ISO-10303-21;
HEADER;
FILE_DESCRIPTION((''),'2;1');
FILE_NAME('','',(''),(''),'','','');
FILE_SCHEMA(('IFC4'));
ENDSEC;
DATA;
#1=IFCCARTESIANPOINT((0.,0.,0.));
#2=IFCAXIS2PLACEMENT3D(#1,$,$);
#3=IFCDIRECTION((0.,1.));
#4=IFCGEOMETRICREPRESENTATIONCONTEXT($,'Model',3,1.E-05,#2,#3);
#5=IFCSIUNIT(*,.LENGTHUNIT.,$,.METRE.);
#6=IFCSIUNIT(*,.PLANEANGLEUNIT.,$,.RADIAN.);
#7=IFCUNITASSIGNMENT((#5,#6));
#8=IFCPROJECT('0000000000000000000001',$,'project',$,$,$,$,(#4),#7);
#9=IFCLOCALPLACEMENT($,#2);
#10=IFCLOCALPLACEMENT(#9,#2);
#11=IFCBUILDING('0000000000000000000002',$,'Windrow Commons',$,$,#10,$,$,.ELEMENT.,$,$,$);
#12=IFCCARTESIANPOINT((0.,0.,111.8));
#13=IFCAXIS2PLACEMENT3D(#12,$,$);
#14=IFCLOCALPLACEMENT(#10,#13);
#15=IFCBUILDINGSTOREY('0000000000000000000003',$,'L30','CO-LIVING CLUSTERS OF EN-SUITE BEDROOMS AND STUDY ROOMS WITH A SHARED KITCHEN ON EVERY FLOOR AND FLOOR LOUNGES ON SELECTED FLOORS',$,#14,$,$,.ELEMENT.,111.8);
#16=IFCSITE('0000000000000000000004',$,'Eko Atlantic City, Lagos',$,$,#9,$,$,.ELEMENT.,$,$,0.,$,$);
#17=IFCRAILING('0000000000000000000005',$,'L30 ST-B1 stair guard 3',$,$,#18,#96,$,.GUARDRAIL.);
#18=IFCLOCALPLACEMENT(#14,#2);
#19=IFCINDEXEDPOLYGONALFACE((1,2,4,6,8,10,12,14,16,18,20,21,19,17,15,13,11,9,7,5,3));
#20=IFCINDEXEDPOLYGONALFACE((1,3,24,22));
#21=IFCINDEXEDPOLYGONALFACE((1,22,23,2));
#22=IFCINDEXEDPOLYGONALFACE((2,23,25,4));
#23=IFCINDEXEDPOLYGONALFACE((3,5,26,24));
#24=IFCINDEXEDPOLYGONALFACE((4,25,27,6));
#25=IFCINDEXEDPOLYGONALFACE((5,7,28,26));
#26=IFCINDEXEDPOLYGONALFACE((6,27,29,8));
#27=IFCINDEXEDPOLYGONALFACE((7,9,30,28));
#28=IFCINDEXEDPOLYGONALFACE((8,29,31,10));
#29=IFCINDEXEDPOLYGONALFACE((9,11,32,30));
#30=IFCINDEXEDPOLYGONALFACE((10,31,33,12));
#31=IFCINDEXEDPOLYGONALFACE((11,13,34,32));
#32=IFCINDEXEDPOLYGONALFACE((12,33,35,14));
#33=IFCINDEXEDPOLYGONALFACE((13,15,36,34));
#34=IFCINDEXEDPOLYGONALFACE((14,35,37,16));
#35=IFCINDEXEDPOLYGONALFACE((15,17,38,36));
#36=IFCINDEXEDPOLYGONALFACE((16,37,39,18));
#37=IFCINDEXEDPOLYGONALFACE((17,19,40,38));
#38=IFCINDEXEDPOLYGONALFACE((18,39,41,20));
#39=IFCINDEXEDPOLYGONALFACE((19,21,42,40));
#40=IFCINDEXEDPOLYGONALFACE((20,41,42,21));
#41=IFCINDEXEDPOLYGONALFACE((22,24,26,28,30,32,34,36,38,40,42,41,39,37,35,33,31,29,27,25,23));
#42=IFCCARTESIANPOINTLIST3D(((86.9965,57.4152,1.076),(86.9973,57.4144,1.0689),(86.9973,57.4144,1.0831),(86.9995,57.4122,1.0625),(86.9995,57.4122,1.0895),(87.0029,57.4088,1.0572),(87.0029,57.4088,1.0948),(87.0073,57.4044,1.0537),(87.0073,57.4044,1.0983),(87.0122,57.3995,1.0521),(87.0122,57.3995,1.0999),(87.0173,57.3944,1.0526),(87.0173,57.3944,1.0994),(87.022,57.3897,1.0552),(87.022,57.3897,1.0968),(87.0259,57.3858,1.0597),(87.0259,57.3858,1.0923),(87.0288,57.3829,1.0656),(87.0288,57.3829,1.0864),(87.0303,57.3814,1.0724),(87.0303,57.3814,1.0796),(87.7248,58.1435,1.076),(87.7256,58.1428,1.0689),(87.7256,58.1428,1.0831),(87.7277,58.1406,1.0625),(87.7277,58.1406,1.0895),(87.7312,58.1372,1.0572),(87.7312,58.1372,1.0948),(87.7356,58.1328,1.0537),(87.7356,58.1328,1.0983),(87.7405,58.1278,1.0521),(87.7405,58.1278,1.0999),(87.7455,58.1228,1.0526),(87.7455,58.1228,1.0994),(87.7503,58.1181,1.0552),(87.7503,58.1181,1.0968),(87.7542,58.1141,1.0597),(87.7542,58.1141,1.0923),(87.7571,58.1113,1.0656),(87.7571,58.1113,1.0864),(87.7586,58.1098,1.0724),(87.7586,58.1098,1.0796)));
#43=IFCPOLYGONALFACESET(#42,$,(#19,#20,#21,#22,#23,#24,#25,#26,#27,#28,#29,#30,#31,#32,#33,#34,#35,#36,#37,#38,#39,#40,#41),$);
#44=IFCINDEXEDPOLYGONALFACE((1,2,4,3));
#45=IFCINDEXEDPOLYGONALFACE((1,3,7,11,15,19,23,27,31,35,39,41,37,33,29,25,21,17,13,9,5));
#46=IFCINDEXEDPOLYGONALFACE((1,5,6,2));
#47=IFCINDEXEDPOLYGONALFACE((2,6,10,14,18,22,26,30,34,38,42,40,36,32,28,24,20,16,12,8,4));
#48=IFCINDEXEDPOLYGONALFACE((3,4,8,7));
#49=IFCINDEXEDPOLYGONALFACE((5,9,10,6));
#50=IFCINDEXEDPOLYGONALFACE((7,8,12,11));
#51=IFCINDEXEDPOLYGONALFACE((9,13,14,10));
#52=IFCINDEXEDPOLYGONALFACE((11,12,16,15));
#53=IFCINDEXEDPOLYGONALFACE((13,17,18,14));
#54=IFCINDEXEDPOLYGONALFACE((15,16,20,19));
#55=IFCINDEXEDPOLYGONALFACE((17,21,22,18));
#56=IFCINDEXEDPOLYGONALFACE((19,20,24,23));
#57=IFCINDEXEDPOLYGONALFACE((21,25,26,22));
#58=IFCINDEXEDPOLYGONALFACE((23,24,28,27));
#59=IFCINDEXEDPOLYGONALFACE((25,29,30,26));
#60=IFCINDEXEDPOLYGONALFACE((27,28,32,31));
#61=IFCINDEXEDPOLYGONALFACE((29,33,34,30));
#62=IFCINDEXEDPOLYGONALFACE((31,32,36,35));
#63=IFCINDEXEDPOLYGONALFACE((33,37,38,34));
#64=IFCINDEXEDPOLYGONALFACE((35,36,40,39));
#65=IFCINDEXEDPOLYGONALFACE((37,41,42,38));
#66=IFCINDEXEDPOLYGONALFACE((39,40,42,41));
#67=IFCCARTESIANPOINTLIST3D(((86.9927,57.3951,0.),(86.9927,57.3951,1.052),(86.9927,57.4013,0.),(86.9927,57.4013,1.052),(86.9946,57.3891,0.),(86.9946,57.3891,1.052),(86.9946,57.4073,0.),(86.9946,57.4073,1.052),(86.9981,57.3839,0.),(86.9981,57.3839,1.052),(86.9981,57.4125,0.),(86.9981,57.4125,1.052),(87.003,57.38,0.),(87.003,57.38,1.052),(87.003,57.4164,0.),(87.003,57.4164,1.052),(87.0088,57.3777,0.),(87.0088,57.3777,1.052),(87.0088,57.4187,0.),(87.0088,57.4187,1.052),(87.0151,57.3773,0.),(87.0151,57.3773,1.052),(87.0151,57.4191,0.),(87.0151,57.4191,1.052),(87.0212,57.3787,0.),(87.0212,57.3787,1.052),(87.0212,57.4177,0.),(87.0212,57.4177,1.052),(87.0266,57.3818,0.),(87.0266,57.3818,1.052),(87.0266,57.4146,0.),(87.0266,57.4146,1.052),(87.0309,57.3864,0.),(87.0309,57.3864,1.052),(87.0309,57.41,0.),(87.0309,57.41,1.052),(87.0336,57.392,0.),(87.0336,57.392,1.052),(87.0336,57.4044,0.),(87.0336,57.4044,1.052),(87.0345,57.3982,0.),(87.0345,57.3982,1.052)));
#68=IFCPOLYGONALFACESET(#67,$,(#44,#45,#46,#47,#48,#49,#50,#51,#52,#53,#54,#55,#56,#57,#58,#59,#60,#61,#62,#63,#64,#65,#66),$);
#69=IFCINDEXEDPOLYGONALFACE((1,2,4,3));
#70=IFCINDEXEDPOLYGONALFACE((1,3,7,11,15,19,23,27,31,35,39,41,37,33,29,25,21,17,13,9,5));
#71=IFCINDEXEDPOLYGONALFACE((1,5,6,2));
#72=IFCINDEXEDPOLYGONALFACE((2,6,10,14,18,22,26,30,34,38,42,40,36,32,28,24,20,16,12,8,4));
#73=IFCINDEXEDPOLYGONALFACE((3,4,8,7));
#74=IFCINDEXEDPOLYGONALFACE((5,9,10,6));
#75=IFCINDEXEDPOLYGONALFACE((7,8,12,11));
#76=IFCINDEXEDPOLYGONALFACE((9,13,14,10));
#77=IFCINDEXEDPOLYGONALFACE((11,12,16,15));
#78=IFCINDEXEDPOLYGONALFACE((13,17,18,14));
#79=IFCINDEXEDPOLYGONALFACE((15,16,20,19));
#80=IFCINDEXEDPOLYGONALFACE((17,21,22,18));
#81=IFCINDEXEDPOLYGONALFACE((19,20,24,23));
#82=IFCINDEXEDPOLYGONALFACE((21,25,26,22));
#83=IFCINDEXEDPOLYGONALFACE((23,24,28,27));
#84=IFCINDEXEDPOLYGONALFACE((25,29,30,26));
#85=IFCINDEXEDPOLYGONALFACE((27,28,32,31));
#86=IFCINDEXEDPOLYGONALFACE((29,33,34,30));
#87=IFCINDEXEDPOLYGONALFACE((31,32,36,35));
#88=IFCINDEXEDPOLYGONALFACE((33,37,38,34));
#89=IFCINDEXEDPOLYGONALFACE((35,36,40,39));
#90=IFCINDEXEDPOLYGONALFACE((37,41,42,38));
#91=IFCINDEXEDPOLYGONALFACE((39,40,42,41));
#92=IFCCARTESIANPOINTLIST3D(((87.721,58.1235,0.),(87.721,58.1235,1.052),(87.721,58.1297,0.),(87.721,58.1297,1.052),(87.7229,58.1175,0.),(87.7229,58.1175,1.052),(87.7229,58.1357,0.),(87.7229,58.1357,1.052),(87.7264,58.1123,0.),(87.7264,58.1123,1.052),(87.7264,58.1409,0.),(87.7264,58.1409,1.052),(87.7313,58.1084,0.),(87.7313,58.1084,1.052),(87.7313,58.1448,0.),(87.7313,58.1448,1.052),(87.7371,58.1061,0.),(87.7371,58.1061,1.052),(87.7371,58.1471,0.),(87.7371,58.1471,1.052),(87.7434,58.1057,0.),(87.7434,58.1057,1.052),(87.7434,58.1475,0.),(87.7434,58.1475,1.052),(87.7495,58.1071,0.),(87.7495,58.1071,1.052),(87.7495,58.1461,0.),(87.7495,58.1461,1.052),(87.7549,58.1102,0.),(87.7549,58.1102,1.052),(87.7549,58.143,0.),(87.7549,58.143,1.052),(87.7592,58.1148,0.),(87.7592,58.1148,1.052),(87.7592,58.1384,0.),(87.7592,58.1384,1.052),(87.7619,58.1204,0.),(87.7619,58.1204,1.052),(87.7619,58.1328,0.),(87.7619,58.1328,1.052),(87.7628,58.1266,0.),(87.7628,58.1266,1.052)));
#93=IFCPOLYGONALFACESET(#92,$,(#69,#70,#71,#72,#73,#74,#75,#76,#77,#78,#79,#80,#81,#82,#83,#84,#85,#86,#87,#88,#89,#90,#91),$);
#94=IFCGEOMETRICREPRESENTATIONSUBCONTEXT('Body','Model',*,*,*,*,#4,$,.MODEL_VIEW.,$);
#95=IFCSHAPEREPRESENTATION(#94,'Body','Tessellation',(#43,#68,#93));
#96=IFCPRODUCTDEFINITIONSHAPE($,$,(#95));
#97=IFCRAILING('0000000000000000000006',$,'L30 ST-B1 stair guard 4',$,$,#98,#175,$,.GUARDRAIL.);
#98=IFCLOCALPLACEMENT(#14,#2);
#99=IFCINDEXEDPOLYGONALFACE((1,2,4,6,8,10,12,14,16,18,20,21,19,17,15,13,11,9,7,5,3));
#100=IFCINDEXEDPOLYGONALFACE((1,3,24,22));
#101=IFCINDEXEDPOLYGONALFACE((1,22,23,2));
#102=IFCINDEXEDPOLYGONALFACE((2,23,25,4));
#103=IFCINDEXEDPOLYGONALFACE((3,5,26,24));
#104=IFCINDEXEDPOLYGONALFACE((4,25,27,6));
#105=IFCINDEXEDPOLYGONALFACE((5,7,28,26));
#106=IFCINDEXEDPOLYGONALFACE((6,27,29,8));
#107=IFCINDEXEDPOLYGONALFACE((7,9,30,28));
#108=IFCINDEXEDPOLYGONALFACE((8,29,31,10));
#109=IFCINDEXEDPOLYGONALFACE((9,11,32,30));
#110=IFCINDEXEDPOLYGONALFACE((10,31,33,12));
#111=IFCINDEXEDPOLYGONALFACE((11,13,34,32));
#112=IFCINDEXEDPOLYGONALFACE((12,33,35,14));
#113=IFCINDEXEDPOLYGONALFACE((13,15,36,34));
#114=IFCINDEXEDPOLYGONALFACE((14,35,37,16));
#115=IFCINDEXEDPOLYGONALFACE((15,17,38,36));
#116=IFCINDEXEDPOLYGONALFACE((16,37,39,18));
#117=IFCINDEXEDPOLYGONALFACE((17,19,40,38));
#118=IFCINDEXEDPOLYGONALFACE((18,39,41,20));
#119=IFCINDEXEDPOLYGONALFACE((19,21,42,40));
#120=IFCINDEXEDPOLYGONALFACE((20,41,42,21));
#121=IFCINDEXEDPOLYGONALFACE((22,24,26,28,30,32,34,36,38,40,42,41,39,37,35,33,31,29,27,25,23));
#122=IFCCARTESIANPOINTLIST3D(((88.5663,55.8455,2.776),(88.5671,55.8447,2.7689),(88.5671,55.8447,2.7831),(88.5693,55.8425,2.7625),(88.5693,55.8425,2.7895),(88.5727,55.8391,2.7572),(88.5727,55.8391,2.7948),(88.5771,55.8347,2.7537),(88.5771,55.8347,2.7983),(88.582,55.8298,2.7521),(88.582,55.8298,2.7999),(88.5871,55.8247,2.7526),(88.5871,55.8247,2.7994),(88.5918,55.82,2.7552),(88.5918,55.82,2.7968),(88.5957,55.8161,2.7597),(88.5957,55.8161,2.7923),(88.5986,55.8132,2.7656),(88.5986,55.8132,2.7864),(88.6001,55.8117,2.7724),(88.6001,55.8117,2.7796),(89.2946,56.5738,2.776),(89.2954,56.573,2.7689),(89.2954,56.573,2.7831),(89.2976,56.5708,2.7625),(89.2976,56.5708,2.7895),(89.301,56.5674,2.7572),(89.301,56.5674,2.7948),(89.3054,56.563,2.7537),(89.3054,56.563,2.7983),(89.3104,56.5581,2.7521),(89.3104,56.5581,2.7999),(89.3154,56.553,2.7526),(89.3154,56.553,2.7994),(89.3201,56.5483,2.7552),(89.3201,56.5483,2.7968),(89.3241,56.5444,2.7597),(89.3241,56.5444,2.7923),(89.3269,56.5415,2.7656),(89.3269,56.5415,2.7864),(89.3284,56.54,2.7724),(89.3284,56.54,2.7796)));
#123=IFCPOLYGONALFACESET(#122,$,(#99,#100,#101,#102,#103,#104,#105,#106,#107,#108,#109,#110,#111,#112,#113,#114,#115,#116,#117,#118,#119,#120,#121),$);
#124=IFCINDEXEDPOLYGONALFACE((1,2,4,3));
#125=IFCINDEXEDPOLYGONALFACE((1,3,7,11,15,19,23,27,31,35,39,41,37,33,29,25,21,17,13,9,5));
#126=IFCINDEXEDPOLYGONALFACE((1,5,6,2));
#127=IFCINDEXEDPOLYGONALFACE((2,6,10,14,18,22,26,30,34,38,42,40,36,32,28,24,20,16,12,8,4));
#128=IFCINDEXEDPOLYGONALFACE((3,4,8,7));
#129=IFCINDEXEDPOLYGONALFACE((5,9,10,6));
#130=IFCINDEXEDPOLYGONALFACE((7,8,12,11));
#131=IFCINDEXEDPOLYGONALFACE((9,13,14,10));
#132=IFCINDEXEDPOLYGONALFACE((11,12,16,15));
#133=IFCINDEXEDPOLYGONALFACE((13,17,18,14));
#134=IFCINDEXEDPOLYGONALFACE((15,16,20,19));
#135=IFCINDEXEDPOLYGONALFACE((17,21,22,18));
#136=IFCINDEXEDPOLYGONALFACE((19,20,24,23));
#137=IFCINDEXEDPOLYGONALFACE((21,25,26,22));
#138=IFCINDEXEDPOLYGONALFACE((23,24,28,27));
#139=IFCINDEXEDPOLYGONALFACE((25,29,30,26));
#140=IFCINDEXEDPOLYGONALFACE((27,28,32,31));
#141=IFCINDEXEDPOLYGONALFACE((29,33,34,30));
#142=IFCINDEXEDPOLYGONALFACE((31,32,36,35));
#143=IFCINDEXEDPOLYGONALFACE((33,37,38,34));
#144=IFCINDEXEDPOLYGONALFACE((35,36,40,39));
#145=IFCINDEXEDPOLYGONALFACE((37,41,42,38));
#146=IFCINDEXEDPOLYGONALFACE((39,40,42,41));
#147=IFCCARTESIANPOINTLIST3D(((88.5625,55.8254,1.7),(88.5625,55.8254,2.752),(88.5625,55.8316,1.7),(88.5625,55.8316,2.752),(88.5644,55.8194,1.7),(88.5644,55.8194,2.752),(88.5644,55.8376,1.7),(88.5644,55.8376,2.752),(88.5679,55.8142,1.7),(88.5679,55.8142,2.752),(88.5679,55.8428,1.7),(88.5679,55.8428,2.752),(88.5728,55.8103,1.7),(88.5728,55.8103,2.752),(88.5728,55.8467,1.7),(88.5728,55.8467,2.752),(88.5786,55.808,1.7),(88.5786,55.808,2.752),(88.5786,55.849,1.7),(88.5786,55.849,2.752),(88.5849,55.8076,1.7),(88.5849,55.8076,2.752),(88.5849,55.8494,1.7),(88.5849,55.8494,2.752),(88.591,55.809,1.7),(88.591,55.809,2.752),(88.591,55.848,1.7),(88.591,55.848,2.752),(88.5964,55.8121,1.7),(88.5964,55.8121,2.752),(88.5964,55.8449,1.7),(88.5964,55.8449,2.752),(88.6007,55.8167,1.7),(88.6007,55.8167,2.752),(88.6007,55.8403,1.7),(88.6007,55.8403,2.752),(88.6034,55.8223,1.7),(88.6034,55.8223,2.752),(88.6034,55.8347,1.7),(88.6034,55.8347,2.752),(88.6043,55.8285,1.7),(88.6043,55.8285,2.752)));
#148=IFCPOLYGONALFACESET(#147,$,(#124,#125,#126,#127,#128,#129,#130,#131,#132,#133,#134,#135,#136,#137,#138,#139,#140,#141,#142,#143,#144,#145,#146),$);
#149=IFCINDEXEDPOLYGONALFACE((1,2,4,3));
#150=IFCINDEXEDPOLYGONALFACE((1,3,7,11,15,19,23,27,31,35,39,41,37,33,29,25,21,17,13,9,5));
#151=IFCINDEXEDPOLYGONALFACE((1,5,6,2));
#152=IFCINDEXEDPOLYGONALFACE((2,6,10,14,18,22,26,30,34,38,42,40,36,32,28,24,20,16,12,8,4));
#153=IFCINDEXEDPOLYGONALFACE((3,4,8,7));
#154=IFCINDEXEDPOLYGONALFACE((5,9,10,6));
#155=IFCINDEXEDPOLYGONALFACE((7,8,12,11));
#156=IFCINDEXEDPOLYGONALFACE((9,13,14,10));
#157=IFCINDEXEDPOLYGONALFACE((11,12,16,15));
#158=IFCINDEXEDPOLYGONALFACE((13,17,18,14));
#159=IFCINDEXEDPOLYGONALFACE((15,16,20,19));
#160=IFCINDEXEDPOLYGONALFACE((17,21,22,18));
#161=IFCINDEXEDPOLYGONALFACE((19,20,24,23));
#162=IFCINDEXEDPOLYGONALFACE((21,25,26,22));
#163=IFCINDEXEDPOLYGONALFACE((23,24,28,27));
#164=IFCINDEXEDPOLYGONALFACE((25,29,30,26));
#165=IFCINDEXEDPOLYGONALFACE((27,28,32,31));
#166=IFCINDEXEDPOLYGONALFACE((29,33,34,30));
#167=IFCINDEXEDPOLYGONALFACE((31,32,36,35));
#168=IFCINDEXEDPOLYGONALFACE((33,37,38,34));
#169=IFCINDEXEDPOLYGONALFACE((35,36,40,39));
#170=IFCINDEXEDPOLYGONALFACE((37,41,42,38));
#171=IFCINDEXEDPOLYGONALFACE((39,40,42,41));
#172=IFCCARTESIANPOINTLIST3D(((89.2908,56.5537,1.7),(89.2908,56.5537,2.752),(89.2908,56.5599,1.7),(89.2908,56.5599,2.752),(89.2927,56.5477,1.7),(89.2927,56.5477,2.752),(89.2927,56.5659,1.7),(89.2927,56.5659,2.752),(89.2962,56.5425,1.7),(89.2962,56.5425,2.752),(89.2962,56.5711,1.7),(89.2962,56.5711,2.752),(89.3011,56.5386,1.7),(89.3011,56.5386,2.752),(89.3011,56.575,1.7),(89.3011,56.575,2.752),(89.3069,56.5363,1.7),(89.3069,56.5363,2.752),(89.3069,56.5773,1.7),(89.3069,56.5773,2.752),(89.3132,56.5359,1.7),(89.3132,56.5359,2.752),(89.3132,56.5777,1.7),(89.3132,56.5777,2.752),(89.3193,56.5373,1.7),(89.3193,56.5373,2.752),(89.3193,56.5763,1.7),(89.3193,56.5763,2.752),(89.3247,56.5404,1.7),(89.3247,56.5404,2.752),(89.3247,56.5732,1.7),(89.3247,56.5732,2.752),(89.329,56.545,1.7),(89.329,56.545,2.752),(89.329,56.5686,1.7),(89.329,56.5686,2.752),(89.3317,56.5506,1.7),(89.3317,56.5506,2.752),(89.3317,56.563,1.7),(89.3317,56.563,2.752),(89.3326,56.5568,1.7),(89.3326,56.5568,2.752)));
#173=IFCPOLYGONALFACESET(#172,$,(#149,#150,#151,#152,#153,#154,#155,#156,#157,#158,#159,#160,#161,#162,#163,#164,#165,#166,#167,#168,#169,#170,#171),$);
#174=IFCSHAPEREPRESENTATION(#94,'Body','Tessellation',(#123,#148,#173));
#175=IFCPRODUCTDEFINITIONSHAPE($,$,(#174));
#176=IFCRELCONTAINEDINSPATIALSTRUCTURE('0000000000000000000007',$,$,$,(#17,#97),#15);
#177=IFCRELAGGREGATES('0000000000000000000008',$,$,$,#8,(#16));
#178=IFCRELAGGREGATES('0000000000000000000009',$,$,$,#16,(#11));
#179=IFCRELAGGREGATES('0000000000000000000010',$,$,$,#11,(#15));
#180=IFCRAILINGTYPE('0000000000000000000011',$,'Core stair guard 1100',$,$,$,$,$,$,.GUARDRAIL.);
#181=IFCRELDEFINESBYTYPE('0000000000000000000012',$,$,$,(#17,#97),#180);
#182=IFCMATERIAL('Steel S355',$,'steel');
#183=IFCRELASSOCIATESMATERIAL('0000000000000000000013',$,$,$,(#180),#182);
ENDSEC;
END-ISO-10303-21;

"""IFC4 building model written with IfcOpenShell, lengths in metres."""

from ifc_helpers import new_model, si_unit, direction, frame, origin, origin_2d, place, context, subcontext, project, spatial, circle, extrude, material, type_object, element, save


model = new_model("IFC4")

# Units and contexts
model_context = context("Model", 3, precision=1e-05, world=origin(), true_north=direction((0.0, 1.0)))
body_context = subcontext(model_context, "Body", "Model", "MODEL_VIEW")
ifc_project = project(units=[si_unit("LENGTHUNIT", "METRE"), si_unit("PLANEANGLEUNIT", "RADIAN")], contexts=[model_context])

# Site, building, storey
site_placement = place(None, origin())
site = spatial("IfcSite", under=ifc_project, at=site_placement, Name="Eko Atlantic City, Lagos", CompositionType="ELEMENT", RefElevation=0.0)
building_placement = place(site_placement, origin())
building = spatial("IfcBuilding", under=site, at=building_placement, Name="Windrow Commons", CompositionType="ELEMENT")
storey_placement = place(building_placement, frame((0.0, 0.0, 111.8)))
storey = spatial("IfcBuildingStorey", under=building, at=storey_placement, Name="L30", Description="CO-LIVING CLUSTERS OF EN-SUITE BEDROOMS AND STUDY ROOMS WITH A SHARED KITCHEN ON EVERY FLOOR AND FLOOR LOUNGES ON SELECTED FLOORS", CompositionType="ELEMENT", Elevation=111.8)

# Railings
ifc_material_1 = material(Name="Steel S355", Category="steel")
railing_type_1 = type_object("IfcRailingType", Name="Core stair guard 1100", PredefinedType="GUARDRAIL", material=ifc_material_1)
railing_1_placement = place(storey_placement, frame((87.0135, 57.3982, 0.0)))
element("IfcRailing", 1, at=railing_1_placement, inside=storey, type_object=railing_type_1, Name="L30 ST-B1 stair guard 3", PredefinedType="GUARDRAIL", context=body_context, shape_type="SweptSolid", body=[
    extrude(circle(Radius=0.024, at=origin_2d()), frame((0.0, 0.0, 1.076), z_axis=(0.707058, 0.707155, 0.0), x_axis=(-0.707155, 0.707058, 0.0)), (0.0, 0.0, 1.0), 1.03),
    extrude(circle(Radius=0.021, at=origin_2d()), origin(), (0.0, 0.0, 1.0), 1.052),
    extrude(circle(Radius=0.021, at=origin_2d()), frame((0.7283, 0.7284, 0.0)), (0.0, 0.0, 1.0), 1.052),
])
railing_2_placement = place(storey_placement, frame((88.5833, 55.8285, 1.7)))
element("IfcRailing", 2, at=railing_2_placement, inside=storey, type_object=railing_type_1, Name="L30 ST-B1 stair guard 4", PredefinedType="GUARDRAIL", context=body_context, shape_type="SweptSolid", body=[
    extrude(circle(Radius=0.024, at=origin_2d()), frame((0.0, 0.0, 1.076), z_axis=(0.707107, 0.707107, 0.0), x_axis=(-0.707107, 0.707107, 0.0)), (0.0, 0.0, 1.0), 1.03),
    extrude(circle(Radius=0.021, at=origin_2d()), origin(), (0.0, 0.0, 1.0), 1.052),
    extrude(circle(Radius=0.021, at=origin_2d()), frame((0.7283, 0.7283, 0.0)), (0.0, 0.0, 1.0), 1.052),
])

save(model, "model.ifc")
